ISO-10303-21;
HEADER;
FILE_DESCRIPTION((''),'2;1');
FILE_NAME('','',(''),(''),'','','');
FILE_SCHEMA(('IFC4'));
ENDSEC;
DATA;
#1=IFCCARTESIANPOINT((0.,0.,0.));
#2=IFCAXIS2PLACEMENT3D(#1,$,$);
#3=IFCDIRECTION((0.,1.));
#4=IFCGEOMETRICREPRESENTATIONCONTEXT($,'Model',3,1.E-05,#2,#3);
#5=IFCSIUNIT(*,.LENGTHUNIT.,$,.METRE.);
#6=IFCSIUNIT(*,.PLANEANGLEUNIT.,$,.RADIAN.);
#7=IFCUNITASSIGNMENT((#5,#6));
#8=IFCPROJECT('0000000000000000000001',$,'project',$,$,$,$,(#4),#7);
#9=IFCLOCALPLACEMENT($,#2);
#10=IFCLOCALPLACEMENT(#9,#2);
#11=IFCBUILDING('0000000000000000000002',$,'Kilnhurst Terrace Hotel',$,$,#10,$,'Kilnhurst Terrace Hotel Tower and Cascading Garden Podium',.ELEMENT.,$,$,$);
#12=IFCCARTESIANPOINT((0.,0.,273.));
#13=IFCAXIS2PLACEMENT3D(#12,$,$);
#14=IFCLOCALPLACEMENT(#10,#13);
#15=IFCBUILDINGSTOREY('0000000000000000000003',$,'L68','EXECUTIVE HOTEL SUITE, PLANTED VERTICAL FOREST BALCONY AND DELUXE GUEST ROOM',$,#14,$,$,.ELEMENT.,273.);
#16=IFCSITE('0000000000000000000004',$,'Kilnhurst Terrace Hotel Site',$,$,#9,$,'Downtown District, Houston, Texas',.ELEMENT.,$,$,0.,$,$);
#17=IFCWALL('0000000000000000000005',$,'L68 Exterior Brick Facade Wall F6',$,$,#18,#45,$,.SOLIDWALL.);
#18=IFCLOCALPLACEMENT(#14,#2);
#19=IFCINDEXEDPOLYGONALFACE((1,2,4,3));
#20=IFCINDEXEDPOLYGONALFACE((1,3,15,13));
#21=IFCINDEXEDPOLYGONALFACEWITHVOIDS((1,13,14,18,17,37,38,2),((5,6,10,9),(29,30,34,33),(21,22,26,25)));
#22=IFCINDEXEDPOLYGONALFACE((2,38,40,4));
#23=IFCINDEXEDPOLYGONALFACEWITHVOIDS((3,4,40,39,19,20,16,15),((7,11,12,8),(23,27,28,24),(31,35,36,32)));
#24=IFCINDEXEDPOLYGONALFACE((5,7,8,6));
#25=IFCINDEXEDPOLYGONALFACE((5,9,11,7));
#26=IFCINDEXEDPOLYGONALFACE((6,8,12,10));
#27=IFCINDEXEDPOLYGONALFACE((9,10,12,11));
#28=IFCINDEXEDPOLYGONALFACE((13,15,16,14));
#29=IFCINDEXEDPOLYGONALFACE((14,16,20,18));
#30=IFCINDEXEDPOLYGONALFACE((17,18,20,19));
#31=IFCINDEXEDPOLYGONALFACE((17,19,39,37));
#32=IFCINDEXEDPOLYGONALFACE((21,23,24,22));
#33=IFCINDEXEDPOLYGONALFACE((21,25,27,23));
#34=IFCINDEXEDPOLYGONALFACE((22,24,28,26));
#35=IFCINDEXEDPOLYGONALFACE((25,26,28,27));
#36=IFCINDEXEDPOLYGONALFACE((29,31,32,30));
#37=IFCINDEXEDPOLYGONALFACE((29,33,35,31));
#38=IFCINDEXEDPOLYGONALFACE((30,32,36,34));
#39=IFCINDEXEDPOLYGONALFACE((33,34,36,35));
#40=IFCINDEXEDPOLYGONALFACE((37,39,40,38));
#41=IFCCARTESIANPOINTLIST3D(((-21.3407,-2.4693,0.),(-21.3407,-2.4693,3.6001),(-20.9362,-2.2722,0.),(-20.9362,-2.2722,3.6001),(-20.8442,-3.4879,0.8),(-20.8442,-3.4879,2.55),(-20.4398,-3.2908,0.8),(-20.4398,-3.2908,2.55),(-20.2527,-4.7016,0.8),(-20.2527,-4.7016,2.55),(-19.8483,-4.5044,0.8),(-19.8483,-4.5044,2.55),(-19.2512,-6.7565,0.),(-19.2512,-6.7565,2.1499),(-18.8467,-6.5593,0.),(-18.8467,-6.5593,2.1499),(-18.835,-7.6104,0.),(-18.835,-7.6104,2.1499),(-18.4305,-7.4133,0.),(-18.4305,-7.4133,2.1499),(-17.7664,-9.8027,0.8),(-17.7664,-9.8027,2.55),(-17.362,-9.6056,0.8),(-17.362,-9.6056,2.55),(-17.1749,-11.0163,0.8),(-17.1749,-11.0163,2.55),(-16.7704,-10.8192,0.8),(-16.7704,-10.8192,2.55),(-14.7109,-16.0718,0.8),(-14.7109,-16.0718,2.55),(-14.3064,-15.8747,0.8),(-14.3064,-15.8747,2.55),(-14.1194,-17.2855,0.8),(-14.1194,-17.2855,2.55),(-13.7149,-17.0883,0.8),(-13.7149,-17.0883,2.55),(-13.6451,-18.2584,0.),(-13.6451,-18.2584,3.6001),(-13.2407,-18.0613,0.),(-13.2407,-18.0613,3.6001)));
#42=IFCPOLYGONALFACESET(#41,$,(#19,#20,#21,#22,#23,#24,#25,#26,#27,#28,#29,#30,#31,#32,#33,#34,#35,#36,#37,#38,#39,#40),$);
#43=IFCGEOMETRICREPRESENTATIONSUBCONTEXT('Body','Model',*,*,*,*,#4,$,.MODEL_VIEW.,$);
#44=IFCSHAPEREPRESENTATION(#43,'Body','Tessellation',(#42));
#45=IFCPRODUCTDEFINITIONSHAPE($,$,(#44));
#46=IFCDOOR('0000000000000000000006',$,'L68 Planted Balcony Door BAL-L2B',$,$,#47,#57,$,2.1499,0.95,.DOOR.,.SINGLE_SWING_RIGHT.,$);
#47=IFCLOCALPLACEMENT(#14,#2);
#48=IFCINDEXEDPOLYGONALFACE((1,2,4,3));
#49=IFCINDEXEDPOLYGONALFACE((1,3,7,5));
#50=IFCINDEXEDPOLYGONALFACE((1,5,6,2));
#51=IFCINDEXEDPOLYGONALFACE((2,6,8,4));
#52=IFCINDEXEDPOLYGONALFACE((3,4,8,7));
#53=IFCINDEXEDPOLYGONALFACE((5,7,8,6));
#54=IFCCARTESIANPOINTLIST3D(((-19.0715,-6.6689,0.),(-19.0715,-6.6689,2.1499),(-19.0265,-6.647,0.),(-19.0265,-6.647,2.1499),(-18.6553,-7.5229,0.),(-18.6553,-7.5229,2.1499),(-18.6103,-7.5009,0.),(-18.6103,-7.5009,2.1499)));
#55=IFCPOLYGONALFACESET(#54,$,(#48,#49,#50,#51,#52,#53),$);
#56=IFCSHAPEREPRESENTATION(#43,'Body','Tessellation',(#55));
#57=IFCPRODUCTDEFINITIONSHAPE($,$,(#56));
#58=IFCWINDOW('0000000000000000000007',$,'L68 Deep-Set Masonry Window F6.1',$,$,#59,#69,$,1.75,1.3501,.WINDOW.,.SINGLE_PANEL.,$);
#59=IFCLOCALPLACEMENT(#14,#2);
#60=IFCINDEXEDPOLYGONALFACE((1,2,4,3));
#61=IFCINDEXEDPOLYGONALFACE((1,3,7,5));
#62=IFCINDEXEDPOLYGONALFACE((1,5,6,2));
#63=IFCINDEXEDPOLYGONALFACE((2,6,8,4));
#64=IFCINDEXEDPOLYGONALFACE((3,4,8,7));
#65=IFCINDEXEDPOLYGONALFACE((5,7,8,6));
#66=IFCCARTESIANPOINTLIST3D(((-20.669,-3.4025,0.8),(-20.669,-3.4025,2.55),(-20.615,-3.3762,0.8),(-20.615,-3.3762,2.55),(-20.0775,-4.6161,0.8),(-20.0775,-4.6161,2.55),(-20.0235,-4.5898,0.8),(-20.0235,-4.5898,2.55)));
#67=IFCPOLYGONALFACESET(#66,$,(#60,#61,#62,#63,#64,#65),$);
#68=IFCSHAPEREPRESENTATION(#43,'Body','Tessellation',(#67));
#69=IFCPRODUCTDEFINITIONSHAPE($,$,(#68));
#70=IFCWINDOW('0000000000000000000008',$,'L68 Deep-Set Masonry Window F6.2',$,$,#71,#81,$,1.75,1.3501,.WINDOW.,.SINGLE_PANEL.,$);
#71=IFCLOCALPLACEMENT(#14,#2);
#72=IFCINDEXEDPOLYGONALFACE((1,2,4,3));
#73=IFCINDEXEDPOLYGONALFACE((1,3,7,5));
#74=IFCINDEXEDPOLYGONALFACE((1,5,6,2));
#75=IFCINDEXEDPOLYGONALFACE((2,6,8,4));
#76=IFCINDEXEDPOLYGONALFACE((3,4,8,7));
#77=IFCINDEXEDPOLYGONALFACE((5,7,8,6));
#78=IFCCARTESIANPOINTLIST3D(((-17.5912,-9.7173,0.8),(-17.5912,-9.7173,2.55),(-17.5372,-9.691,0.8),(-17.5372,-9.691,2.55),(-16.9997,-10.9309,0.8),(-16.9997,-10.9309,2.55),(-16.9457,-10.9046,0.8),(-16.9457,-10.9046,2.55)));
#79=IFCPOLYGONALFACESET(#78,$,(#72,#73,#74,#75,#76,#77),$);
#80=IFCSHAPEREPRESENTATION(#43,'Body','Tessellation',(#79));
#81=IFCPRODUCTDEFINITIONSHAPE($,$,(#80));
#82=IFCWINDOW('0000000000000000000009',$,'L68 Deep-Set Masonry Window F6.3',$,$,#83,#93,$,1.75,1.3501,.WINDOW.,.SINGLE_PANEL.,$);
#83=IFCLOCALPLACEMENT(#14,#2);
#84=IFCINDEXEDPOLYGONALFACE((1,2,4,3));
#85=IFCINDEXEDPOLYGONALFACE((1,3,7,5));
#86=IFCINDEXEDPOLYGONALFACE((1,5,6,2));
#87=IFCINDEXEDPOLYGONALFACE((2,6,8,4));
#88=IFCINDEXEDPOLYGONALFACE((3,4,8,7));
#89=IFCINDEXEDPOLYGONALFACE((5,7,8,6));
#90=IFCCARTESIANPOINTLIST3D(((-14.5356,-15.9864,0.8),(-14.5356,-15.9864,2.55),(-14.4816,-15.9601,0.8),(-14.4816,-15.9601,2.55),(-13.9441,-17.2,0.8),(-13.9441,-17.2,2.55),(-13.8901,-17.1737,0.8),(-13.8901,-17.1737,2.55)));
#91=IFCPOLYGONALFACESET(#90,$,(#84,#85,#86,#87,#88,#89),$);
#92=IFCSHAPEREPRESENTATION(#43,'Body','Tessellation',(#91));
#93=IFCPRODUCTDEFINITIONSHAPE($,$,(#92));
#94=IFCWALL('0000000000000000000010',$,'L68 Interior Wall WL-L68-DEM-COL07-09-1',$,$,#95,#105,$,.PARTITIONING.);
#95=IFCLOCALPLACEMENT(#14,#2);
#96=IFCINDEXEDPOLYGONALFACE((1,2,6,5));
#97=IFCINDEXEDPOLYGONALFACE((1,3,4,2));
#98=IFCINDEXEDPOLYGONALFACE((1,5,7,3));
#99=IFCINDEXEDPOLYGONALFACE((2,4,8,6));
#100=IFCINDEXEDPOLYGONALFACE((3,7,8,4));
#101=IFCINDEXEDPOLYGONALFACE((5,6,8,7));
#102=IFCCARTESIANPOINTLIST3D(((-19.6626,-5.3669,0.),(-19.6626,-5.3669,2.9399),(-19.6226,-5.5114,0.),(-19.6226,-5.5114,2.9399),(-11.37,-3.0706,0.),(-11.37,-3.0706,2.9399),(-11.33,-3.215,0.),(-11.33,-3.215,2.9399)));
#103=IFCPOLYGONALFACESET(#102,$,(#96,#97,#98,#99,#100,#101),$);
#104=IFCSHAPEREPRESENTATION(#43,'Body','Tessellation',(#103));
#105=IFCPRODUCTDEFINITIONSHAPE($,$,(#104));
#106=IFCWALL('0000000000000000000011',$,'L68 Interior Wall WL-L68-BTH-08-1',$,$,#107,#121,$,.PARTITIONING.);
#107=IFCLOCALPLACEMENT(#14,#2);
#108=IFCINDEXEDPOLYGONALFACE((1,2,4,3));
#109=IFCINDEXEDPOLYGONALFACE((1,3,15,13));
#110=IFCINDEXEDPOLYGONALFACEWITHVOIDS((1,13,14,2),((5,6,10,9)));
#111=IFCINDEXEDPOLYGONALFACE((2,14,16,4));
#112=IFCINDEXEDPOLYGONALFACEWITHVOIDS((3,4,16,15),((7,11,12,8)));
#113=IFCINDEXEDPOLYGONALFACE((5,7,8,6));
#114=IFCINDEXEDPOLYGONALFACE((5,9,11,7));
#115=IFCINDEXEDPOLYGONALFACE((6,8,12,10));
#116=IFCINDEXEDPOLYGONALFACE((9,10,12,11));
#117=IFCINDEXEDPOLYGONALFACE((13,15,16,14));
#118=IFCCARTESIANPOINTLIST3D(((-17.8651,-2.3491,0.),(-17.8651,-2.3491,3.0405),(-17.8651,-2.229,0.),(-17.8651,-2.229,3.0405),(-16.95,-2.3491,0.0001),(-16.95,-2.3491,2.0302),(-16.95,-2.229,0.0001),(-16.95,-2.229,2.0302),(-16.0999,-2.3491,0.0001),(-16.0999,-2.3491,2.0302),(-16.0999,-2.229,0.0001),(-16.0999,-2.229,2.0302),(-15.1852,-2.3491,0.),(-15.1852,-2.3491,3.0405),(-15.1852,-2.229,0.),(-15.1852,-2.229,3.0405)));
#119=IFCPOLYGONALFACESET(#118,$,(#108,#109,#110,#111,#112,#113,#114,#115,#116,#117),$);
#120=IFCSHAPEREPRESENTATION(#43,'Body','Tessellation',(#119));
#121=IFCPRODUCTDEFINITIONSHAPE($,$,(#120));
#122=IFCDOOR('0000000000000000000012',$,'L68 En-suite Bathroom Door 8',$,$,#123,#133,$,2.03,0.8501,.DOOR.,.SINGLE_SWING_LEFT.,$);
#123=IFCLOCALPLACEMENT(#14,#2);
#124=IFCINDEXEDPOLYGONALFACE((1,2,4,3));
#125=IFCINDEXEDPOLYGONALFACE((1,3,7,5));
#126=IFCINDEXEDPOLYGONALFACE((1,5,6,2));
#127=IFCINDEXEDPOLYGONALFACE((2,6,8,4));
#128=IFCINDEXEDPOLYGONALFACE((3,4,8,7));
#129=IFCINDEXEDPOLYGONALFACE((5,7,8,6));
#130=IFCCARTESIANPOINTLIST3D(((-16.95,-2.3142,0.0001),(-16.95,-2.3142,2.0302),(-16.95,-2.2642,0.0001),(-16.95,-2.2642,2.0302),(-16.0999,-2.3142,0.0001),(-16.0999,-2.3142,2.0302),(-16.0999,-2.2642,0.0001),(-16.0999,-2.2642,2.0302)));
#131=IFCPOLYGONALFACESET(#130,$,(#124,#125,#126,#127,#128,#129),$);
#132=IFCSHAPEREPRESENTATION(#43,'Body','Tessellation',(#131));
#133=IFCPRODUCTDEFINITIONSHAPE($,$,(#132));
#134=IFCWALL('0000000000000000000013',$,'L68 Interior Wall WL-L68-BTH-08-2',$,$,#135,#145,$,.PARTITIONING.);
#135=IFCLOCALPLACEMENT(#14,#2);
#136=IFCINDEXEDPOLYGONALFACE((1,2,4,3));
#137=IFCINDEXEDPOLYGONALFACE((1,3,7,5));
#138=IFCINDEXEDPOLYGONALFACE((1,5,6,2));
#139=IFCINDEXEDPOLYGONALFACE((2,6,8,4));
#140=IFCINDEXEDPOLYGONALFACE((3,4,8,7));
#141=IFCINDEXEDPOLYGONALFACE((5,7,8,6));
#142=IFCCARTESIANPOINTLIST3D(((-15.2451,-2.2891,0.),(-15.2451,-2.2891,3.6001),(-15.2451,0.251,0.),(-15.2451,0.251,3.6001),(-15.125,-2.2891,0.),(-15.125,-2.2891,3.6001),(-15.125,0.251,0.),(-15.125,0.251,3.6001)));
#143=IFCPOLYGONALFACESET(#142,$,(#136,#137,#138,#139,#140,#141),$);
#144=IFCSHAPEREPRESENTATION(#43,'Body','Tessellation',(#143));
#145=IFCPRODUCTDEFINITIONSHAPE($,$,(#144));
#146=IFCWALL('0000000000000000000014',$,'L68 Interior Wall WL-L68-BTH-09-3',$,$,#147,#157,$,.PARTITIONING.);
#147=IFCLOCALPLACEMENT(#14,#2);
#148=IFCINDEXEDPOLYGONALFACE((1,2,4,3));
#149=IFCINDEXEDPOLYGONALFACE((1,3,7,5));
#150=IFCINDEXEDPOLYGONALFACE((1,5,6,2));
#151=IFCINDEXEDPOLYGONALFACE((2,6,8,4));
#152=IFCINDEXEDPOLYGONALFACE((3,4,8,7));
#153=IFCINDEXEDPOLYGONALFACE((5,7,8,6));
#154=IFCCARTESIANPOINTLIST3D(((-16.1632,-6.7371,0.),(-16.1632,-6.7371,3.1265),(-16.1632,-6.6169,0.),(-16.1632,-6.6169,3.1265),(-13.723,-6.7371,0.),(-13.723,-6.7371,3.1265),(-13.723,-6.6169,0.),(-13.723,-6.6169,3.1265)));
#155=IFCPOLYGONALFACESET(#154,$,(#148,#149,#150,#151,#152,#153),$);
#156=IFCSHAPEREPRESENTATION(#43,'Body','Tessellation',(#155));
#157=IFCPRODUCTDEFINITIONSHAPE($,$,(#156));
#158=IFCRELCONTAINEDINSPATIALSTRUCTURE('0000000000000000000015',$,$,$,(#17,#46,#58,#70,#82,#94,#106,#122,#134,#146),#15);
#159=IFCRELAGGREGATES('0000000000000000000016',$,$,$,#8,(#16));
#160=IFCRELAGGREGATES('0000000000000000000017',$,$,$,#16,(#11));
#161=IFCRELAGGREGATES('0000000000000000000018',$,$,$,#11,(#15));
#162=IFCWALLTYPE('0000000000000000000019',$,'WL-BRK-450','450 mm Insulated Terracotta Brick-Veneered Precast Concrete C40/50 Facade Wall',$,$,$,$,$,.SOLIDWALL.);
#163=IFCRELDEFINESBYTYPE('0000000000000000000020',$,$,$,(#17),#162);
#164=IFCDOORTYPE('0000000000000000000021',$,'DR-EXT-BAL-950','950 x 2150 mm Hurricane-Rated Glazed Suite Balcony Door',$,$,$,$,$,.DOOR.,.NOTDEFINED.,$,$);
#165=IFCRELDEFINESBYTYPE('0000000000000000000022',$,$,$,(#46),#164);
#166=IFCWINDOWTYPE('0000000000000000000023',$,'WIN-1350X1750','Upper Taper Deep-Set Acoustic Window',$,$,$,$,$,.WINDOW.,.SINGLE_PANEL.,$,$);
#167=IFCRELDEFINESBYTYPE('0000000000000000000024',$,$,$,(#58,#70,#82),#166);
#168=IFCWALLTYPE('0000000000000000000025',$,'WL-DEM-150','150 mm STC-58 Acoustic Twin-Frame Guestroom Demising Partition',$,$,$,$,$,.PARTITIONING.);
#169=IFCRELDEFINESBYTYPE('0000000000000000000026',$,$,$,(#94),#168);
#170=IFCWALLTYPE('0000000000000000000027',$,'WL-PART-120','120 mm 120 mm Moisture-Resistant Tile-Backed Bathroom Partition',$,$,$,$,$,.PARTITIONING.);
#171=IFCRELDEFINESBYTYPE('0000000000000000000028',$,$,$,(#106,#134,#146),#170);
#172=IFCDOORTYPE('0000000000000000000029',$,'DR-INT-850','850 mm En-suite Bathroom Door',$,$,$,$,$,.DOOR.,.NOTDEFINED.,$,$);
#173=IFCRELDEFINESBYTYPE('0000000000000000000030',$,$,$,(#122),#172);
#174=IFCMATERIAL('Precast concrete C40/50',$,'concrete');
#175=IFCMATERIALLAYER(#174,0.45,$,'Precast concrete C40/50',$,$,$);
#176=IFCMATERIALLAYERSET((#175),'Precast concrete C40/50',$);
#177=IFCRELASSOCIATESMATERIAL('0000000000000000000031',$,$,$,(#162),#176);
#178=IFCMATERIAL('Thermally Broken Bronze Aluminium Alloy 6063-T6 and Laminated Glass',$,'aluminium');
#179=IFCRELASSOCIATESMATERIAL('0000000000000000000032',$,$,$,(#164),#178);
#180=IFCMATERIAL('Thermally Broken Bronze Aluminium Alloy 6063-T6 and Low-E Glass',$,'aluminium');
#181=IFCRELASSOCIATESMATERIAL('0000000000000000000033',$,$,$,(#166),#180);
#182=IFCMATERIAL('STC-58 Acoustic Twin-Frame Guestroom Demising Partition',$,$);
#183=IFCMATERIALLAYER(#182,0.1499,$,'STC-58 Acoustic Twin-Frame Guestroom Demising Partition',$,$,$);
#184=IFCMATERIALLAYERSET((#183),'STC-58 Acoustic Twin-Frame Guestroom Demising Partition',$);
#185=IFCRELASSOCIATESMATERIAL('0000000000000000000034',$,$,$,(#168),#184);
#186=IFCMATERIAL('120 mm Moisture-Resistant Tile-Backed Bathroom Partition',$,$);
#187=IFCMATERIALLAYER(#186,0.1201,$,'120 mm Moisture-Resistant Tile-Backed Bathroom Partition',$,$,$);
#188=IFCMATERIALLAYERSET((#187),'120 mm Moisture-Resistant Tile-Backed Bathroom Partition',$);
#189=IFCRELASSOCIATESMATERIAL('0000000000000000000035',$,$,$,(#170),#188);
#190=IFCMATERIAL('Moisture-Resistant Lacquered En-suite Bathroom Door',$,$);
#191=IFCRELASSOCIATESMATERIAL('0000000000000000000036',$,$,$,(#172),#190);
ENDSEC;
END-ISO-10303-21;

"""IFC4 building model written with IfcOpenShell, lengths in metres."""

from ifc_helpers import new_model, si_unit, direction, frame, frame_2d, origin, place, context, subcontext, project, spatial, rectangle, extrude, material, layer, layer_set, type_object, element, fill, save


model = new_model("IFC4")

# Units and contexts
model_context = context("Model", 3, precision=1e-05, world=origin(), true_north=direction((0.0, 1.0)))
body_context = subcontext(model_context, "Body", "Model", "MODEL_VIEW")
ifc_project = project(units=[si_unit("LENGTHUNIT", "METRE"), si_unit("PLANEANGLEUNIT", "RADIAN")], contexts=[model_context])

# Site, building, storey
site_placement = place(None, origin())
site = spatial("IfcSite", under=ifc_project, at=site_placement, Name="Kilnhurst Terrace Hotel Site", LongName="Downtown District, Houston, Texas", CompositionType="ELEMENT", RefElevation=0.0)
building_placement = place(site_placement, origin())
building = spatial("IfcBuilding", under=site, at=building_placement, Name="Kilnhurst Terrace Hotel", LongName="Kilnhurst Terrace Hotel Tower and Cascading Garden Podium", CompositionType="ELEMENT")
storey_placement = place(building_placement, frame((0.0, 0.0, 273.0)))
storey = spatial("IfcBuildingStorey", under=building, at=storey_placement, Name="L68", Description="EXECUTIVE HOTEL SUITE, PLANTED VERTICAL FOREST BALCONY AND DELUXE GUEST ROOM", CompositionType="ELEMENT", Elevation=273.0)

# Shared definitions
ifc_material_1 = material(Name="Precast concrete C40/50", Category="concrete")
ifc_layer_1 = layer(ifc_material_1, 0.45, Name="Precast concrete C40/50")
ifc_layer_set_1 = layer_set([ifc_layer_1], Name="Precast concrete C40/50")
wall_type_1 = type_object("IfcWallType", Name="WL-BRK-450", Description="450 mm Insulated Terracotta Brick-Veneered Precast Concrete C40/50 Facade Wall", PredefinedType="SOLIDWALL", material=ifc_layer_set_1)

# Wall, openings, door, windows
wall_1_placement = place(storey_placement, frame((-21.1384, -2.3708, 0.0), z_axis=(0.0, 0.0, 1.0), x_axis=(0.438128, -0.898913, 0.0)))
wall_1 = element("IfcWall", 1, at=wall_1_placement, inside=storey, type_object=wall_type_1, Name="L68 Exterior Brick Facade Wall F6", PredefinedType="SOLIDWALL", context=body_context, shape_type="SweptSolid", body=[
    extrude(rectangle(XDim=17.5647, YDim=0.45, at=frame_2d((8.7822, 0.0))), origin(), (0.0, 0.0, 1.0), 3.6001),
])
opening_1_placement = place(wall_1_placement, frame((4.769, 0.0, 0.0)))
opening_1 = element("IfcOpeningElement", 2, at=opening_1_placement, cuts=wall_1, PredefinedType="OPENING", context=body_context, shape_type="SweptSolid", body=[
    extrude(rectangle(XDim=0.95, YDim=2.1499, at=frame_2d((0.4751, 1.075))), frame((0.0, 0.2349, 0.0), z_axis=(0.0, -1.0, 0.0), x_axis=(1.0, 0.0, 0.0)), (0.0, 0.0, 1.0), 0.47),
])
opening_2_placement = place(wall_1_placement, frame((1.1331, 0.0, 0.8)))
opening_2 = element("IfcOpeningElement", 3, at=opening_2_placement, cuts=wall_1, PredefinedType="OPENING", context=body_context, shape_type="SweptSolid", body=[
    extrude(rectangle(XDim=1.3501, YDim=1.75, at=frame_2d((0.675, 0.875))), frame((0.0, 0.2349, 0.0), z_axis=(0.0, -1.0, 0.0), x_axis=(1.0, 0.0, 0.0)), (0.0, 0.0, 1.0), 0.47),
])
opening_3_placement = place(wall_1_placement, frame((8.158, 0.0, 0.8)))
opening_3 = element("IfcOpeningElement", 4, at=opening_3_placement, cuts=wall_1, PredefinedType="OPENING", context=body_context, shape_type="SweptSolid", body=[
    extrude(rectangle(XDim=1.3501, YDim=1.75, at=frame_2d((0.675, 0.875))), frame((0.0, 0.2349, 0.0), z_axis=(0.0, -1.0, 0.0), x_axis=(1.0, 0.0, 0.0)), (0.0, 0.0, 1.0), 0.47),
])
opening_4_placement = place(wall_1_placement, frame((15.1321, 0.0, 0.8)))
opening_4 = element("IfcOpeningElement", 5, at=opening_4_placement, cuts=wall_1, PredefinedType="OPENING", context=body_context, shape_type="SweptSolid", body=[
    extrude(rectangle(XDim=1.3501, YDim=1.75, at=frame_2d((0.675, 0.875))), frame((0.0, 0.2349, 0.0), z_axis=(0.0, -1.0, 0.0), x_axis=(1.0, 0.0, 0.0)), (0.0, 0.0, 1.0), 0.47),
])
ifc_material_2 = material(Name="Thermally Broken Bronze Aluminium Alloy 6063-T6 and Laminated Glass", Category="aluminium")
door_type_1 = type_object("IfcDoorType", Name="DR-EXT-BAL-950", Description="950 x 2150 mm Hurricane-Rated Glazed Suite Balcony Door", OperationType="NOTDEFINED", PredefinedType="DOOR", material=ifc_material_2)
door_1_placement = place(opening_1_placement, origin())
door_1 = element("IfcDoor", 6, at=door_1_placement, inside=storey, type_object=door_type_1, Name="L68 Planted Balcony Door BAL-L2B", OperationType="SINGLE_SWING_RIGHT", OverallHeight=2.1499, OverallWidth=0.95, PredefinedType="DOOR", context=body_context, shape_type="SweptSolid", body=[
    extrude(rectangle(XDim=0.95, YDim=2.1499, at=frame_2d((0.4751, 1.075))), frame((0.0, 0.0249, 0.0), z_axis=(0.0, -1.0, 0.0), x_axis=(1.0, 0.0, 0.0)), (0.0, 0.0, 1.0), 0.05),
])
fill(opening_1, door_1)
ifc_material_3 = material(Name="Thermally Broken Bronze Aluminium Alloy 6063-T6 and Low-E Glass", Category="aluminium")
window_type = type_object("IfcWindowType", Name="WIN-1350X1750", Description="Upper Taper Deep-Set Acoustic Window", PartitioningType="SINGLE_PANEL", PredefinedType="WINDOW", material=ifc_material_3)
window_1_placement = place(opening_2_placement, origin())
window_1 = element("IfcWindow", 7, at=window_1_placement, inside=storey, type_object=window_type, Name="L68 Deep-Set Masonry Window F6.1", OverallHeight=1.75, OverallWidth=1.3501, PartitioningType="SINGLE_PANEL", PredefinedType="WINDOW", context=body_context, shape_type="SweptSolid", body=[
    extrude(rectangle(XDim=1.3501, YDim=1.75, at=frame_2d((0.675, 0.875))), frame((0.0, 0.03, 0.0), z_axis=(0.0, -1.0, 0.0), x_axis=(1.0, 0.0, 0.0)), (0.0, 0.0, 1.0), 0.0601),
])
fill(opening_2, window_1)
window_2_placement = place(opening_3_placement, origin())
window_2 = element("IfcWindow", 8, at=window_2_placement, inside=storey, type_object=window_type, Name="L68 Deep-Set Masonry Window F6.2", OverallHeight=1.75, OverallWidth=1.3501, PartitioningType="SINGLE_PANEL", PredefinedType="WINDOW", context=body_context, shape_type="SweptSolid", body=[
    extrude(rectangle(XDim=1.3501, YDim=1.75, at=frame_2d((0.675, 0.875))), frame((0.0, 0.03, 0.0), z_axis=(0.0, -1.0, 0.0), x_axis=(1.0, 0.0, 0.0)), (0.0, 0.0, 1.0), 0.0601),
])
fill(opening_3, window_2)
window_3_placement = place(opening_4_placement, origin())
window_3 = element("IfcWindow", 9, at=window_3_placement, inside=storey, type_object=window_type, Name="L68 Deep-Set Masonry Window F6.3", OverallHeight=1.75, OverallWidth=1.3501, PartitioningType="SINGLE_PANEL", PredefinedType="WINDOW", context=body_context, shape_type="SweptSolid", body=[
    extrude(rectangle(XDim=1.3501, YDim=1.75, at=frame_2d((0.675, 0.875))), frame((0.0, 0.03, 0.0), z_axis=(0.0, -1.0, 0.0), x_axis=(1.0, 0.0, 0.0)), (0.0, 0.0, 1.0), 0.0601),
])
fill(opening_4, window_3)

# Wall
ifc_material_4 = material(Name="STC-58 Acoustic Twin-Frame Guestroom Demising Partition")
ifc_layer_2 = layer(ifc_material_4, 0.1499, Name="STC-58 Acoustic Twin-Frame Guestroom Demising Partition")
ifc_layer_set_2 = layer_set([ifc_layer_2], Name="STC-58 Acoustic Twin-Frame Guestroom Demising Partition")
wall_type_2 = type_object("IfcWallType", Name="WL-DEM-150", Description="150 mm STC-58 Acoustic Twin-Frame Guestroom Demising Partition", PredefinedType="PARTITIONING", material=ifc_layer_set_2)
wall_2_placement = place(storey_placement, frame((-11.3501, -3.1428, 0.0), z_axis=(0.0, 0.0, 1.0), x_axis=(-0.963732, -0.266873, 0.0)))
element("IfcWall", 10, at=wall_2_placement, inside=storey, type_object=wall_type_2, Name="L68 Interior Wall WL-L68-DEM-COL07-09-1", PredefinedType="PARTITIONING", context=body_context, shape_type="SweptSolid", body=[
    extrude(rectangle(XDim=8.6047, YDim=0.1499, at=frame_2d((4.3022, 0.0))), origin(), (0.0, 0.0, 1.0), 2.9399),
])

# Wall, opening, door
ifc_material_5 = material(Name="120 mm Moisture-Resistant Tile-Backed Bathroom Partition")
ifc_layer_3 = layer(ifc_material_5, 0.1201, Name="120 mm Moisture-Resistant Tile-Backed Bathroom Partition")
ifc_layer_set_3 = layer_set([ifc_layer_3], Name="120 mm Moisture-Resistant Tile-Backed Bathroom Partition")
wall_type_3 = type_object("IfcWallType", Name="WL-PART-120", Description="120 mm 120 mm Moisture-Resistant Tile-Backed Bathroom Partition", PredefinedType="PARTITIONING", material=ifc_layer_set_3)
wall_3_placement = place(storey_placement, frame((-17.865, -2.2891, 0.0), z_axis=(0.0, 0.0, 1.0), x_axis=(1.0, 0.0, 0.0)))
wall_3 = element("IfcWall", 11, at=wall_3_placement, inside=storey, type_object=wall_type_3, Name="L68 Interior Wall WL-L68-BTH-08-1", PredefinedType="PARTITIONING", context=body_context, shape_type="SweptSolid", body=[
    extrude(rectangle(XDim=2.6799, YDim=0.1201, at=frame_2d((1.3398, 0.0))), origin(), (0.0, 0.0, 1.0), 3.0405),
])
opening_5_placement = place(wall_3_placement, frame((0.915, 0.0, 0.0)))
opening_5 = element("IfcOpeningElement", 12, at=opening_5_placement, cuts=wall_3, PredefinedType="OPENING", context=body_context, shape_type="SweptSolid", body=[
    extrude(rectangle(XDim=0.8501, YDim=2.03, at=frame_2d((0.425, 1.0151))), frame((0.0, 0.0701, 0.0), z_axis=(0.0, -1.0, 0.0), x_axis=(1.0, 0.0, 0.0)), (0.0, 0.0, 1.0), 0.1401),
])
ifc_material_6 = material(Name="Moisture-Resistant Lacquered En-suite Bathroom Door")
door_type_2 = type_object("IfcDoorType", Name="DR-INT-850", Description="850 mm En-suite Bathroom Door", OperationType="NOTDEFINED", PredefinedType="DOOR", material=ifc_material_6)
door_2_placement = place(opening_5_placement, origin())
door_2 = element("IfcDoor", 13, at=door_2_placement, inside=storey, type_object=door_type_2, Name="L68 En-suite Bathroom Door 8", OperationType="SINGLE_SWING_LEFT", OverallHeight=2.03, OverallWidth=0.8501, PredefinedType="DOOR", context=body_context, shape_type="SweptSolid", body=[
    extrude(rectangle(XDim=0.8501, YDim=2.03, at=frame_2d((0.425, 1.0151))), frame((0.0, 0.0249, 0.0), z_axis=(0.0, -1.0, 0.0), x_axis=(1.0, 0.0, 0.0)), (0.0, 0.0, 1.0), 0.05),
])
fill(opening_5, door_2)

# Walls
wall_4_placement = place(storey_placement, frame((-15.1851, -2.2891, 0.0), z_axis=(0.0, 0.0, 1.0), x_axis=(0.0, 1.0, 0.0)))
element("IfcWall", 14, at=wall_4_placement, inside=storey, type_object=wall_type_3, Name="L68 Interior Wall WL-L68-BTH-08-2", PredefinedType="PARTITIONING", context=body_context, shape_type="SweptSolid", body=[
    extrude(rectangle(XDim=2.54, YDim=0.1201, at=frame_2d((1.27, 0.0))), origin(), (0.0, 0.0, 1.0), 3.6001),
])
wall_5_placement = place(storey_placement, frame((-13.7229, -6.677, 0.0), z_axis=(0.0, 0.0, 1.0), x_axis=(-1.0, 0.0, 0.0)))
element("IfcWall", 15, at=wall_5_placement, inside=storey, type_object=wall_type_3, Name="L68 Interior Wall WL-L68-BTH-09-3", PredefinedType="PARTITIONING", context=body_context, shape_type="SweptSolid", body=[
    extrude(rectangle(XDim=2.4402, YDim=0.1201, at=frame_2d((1.2202, 0.0))), origin(), (0.0, 0.0, 1.0), 3.1265),
])

save(model, "model.ifc")
